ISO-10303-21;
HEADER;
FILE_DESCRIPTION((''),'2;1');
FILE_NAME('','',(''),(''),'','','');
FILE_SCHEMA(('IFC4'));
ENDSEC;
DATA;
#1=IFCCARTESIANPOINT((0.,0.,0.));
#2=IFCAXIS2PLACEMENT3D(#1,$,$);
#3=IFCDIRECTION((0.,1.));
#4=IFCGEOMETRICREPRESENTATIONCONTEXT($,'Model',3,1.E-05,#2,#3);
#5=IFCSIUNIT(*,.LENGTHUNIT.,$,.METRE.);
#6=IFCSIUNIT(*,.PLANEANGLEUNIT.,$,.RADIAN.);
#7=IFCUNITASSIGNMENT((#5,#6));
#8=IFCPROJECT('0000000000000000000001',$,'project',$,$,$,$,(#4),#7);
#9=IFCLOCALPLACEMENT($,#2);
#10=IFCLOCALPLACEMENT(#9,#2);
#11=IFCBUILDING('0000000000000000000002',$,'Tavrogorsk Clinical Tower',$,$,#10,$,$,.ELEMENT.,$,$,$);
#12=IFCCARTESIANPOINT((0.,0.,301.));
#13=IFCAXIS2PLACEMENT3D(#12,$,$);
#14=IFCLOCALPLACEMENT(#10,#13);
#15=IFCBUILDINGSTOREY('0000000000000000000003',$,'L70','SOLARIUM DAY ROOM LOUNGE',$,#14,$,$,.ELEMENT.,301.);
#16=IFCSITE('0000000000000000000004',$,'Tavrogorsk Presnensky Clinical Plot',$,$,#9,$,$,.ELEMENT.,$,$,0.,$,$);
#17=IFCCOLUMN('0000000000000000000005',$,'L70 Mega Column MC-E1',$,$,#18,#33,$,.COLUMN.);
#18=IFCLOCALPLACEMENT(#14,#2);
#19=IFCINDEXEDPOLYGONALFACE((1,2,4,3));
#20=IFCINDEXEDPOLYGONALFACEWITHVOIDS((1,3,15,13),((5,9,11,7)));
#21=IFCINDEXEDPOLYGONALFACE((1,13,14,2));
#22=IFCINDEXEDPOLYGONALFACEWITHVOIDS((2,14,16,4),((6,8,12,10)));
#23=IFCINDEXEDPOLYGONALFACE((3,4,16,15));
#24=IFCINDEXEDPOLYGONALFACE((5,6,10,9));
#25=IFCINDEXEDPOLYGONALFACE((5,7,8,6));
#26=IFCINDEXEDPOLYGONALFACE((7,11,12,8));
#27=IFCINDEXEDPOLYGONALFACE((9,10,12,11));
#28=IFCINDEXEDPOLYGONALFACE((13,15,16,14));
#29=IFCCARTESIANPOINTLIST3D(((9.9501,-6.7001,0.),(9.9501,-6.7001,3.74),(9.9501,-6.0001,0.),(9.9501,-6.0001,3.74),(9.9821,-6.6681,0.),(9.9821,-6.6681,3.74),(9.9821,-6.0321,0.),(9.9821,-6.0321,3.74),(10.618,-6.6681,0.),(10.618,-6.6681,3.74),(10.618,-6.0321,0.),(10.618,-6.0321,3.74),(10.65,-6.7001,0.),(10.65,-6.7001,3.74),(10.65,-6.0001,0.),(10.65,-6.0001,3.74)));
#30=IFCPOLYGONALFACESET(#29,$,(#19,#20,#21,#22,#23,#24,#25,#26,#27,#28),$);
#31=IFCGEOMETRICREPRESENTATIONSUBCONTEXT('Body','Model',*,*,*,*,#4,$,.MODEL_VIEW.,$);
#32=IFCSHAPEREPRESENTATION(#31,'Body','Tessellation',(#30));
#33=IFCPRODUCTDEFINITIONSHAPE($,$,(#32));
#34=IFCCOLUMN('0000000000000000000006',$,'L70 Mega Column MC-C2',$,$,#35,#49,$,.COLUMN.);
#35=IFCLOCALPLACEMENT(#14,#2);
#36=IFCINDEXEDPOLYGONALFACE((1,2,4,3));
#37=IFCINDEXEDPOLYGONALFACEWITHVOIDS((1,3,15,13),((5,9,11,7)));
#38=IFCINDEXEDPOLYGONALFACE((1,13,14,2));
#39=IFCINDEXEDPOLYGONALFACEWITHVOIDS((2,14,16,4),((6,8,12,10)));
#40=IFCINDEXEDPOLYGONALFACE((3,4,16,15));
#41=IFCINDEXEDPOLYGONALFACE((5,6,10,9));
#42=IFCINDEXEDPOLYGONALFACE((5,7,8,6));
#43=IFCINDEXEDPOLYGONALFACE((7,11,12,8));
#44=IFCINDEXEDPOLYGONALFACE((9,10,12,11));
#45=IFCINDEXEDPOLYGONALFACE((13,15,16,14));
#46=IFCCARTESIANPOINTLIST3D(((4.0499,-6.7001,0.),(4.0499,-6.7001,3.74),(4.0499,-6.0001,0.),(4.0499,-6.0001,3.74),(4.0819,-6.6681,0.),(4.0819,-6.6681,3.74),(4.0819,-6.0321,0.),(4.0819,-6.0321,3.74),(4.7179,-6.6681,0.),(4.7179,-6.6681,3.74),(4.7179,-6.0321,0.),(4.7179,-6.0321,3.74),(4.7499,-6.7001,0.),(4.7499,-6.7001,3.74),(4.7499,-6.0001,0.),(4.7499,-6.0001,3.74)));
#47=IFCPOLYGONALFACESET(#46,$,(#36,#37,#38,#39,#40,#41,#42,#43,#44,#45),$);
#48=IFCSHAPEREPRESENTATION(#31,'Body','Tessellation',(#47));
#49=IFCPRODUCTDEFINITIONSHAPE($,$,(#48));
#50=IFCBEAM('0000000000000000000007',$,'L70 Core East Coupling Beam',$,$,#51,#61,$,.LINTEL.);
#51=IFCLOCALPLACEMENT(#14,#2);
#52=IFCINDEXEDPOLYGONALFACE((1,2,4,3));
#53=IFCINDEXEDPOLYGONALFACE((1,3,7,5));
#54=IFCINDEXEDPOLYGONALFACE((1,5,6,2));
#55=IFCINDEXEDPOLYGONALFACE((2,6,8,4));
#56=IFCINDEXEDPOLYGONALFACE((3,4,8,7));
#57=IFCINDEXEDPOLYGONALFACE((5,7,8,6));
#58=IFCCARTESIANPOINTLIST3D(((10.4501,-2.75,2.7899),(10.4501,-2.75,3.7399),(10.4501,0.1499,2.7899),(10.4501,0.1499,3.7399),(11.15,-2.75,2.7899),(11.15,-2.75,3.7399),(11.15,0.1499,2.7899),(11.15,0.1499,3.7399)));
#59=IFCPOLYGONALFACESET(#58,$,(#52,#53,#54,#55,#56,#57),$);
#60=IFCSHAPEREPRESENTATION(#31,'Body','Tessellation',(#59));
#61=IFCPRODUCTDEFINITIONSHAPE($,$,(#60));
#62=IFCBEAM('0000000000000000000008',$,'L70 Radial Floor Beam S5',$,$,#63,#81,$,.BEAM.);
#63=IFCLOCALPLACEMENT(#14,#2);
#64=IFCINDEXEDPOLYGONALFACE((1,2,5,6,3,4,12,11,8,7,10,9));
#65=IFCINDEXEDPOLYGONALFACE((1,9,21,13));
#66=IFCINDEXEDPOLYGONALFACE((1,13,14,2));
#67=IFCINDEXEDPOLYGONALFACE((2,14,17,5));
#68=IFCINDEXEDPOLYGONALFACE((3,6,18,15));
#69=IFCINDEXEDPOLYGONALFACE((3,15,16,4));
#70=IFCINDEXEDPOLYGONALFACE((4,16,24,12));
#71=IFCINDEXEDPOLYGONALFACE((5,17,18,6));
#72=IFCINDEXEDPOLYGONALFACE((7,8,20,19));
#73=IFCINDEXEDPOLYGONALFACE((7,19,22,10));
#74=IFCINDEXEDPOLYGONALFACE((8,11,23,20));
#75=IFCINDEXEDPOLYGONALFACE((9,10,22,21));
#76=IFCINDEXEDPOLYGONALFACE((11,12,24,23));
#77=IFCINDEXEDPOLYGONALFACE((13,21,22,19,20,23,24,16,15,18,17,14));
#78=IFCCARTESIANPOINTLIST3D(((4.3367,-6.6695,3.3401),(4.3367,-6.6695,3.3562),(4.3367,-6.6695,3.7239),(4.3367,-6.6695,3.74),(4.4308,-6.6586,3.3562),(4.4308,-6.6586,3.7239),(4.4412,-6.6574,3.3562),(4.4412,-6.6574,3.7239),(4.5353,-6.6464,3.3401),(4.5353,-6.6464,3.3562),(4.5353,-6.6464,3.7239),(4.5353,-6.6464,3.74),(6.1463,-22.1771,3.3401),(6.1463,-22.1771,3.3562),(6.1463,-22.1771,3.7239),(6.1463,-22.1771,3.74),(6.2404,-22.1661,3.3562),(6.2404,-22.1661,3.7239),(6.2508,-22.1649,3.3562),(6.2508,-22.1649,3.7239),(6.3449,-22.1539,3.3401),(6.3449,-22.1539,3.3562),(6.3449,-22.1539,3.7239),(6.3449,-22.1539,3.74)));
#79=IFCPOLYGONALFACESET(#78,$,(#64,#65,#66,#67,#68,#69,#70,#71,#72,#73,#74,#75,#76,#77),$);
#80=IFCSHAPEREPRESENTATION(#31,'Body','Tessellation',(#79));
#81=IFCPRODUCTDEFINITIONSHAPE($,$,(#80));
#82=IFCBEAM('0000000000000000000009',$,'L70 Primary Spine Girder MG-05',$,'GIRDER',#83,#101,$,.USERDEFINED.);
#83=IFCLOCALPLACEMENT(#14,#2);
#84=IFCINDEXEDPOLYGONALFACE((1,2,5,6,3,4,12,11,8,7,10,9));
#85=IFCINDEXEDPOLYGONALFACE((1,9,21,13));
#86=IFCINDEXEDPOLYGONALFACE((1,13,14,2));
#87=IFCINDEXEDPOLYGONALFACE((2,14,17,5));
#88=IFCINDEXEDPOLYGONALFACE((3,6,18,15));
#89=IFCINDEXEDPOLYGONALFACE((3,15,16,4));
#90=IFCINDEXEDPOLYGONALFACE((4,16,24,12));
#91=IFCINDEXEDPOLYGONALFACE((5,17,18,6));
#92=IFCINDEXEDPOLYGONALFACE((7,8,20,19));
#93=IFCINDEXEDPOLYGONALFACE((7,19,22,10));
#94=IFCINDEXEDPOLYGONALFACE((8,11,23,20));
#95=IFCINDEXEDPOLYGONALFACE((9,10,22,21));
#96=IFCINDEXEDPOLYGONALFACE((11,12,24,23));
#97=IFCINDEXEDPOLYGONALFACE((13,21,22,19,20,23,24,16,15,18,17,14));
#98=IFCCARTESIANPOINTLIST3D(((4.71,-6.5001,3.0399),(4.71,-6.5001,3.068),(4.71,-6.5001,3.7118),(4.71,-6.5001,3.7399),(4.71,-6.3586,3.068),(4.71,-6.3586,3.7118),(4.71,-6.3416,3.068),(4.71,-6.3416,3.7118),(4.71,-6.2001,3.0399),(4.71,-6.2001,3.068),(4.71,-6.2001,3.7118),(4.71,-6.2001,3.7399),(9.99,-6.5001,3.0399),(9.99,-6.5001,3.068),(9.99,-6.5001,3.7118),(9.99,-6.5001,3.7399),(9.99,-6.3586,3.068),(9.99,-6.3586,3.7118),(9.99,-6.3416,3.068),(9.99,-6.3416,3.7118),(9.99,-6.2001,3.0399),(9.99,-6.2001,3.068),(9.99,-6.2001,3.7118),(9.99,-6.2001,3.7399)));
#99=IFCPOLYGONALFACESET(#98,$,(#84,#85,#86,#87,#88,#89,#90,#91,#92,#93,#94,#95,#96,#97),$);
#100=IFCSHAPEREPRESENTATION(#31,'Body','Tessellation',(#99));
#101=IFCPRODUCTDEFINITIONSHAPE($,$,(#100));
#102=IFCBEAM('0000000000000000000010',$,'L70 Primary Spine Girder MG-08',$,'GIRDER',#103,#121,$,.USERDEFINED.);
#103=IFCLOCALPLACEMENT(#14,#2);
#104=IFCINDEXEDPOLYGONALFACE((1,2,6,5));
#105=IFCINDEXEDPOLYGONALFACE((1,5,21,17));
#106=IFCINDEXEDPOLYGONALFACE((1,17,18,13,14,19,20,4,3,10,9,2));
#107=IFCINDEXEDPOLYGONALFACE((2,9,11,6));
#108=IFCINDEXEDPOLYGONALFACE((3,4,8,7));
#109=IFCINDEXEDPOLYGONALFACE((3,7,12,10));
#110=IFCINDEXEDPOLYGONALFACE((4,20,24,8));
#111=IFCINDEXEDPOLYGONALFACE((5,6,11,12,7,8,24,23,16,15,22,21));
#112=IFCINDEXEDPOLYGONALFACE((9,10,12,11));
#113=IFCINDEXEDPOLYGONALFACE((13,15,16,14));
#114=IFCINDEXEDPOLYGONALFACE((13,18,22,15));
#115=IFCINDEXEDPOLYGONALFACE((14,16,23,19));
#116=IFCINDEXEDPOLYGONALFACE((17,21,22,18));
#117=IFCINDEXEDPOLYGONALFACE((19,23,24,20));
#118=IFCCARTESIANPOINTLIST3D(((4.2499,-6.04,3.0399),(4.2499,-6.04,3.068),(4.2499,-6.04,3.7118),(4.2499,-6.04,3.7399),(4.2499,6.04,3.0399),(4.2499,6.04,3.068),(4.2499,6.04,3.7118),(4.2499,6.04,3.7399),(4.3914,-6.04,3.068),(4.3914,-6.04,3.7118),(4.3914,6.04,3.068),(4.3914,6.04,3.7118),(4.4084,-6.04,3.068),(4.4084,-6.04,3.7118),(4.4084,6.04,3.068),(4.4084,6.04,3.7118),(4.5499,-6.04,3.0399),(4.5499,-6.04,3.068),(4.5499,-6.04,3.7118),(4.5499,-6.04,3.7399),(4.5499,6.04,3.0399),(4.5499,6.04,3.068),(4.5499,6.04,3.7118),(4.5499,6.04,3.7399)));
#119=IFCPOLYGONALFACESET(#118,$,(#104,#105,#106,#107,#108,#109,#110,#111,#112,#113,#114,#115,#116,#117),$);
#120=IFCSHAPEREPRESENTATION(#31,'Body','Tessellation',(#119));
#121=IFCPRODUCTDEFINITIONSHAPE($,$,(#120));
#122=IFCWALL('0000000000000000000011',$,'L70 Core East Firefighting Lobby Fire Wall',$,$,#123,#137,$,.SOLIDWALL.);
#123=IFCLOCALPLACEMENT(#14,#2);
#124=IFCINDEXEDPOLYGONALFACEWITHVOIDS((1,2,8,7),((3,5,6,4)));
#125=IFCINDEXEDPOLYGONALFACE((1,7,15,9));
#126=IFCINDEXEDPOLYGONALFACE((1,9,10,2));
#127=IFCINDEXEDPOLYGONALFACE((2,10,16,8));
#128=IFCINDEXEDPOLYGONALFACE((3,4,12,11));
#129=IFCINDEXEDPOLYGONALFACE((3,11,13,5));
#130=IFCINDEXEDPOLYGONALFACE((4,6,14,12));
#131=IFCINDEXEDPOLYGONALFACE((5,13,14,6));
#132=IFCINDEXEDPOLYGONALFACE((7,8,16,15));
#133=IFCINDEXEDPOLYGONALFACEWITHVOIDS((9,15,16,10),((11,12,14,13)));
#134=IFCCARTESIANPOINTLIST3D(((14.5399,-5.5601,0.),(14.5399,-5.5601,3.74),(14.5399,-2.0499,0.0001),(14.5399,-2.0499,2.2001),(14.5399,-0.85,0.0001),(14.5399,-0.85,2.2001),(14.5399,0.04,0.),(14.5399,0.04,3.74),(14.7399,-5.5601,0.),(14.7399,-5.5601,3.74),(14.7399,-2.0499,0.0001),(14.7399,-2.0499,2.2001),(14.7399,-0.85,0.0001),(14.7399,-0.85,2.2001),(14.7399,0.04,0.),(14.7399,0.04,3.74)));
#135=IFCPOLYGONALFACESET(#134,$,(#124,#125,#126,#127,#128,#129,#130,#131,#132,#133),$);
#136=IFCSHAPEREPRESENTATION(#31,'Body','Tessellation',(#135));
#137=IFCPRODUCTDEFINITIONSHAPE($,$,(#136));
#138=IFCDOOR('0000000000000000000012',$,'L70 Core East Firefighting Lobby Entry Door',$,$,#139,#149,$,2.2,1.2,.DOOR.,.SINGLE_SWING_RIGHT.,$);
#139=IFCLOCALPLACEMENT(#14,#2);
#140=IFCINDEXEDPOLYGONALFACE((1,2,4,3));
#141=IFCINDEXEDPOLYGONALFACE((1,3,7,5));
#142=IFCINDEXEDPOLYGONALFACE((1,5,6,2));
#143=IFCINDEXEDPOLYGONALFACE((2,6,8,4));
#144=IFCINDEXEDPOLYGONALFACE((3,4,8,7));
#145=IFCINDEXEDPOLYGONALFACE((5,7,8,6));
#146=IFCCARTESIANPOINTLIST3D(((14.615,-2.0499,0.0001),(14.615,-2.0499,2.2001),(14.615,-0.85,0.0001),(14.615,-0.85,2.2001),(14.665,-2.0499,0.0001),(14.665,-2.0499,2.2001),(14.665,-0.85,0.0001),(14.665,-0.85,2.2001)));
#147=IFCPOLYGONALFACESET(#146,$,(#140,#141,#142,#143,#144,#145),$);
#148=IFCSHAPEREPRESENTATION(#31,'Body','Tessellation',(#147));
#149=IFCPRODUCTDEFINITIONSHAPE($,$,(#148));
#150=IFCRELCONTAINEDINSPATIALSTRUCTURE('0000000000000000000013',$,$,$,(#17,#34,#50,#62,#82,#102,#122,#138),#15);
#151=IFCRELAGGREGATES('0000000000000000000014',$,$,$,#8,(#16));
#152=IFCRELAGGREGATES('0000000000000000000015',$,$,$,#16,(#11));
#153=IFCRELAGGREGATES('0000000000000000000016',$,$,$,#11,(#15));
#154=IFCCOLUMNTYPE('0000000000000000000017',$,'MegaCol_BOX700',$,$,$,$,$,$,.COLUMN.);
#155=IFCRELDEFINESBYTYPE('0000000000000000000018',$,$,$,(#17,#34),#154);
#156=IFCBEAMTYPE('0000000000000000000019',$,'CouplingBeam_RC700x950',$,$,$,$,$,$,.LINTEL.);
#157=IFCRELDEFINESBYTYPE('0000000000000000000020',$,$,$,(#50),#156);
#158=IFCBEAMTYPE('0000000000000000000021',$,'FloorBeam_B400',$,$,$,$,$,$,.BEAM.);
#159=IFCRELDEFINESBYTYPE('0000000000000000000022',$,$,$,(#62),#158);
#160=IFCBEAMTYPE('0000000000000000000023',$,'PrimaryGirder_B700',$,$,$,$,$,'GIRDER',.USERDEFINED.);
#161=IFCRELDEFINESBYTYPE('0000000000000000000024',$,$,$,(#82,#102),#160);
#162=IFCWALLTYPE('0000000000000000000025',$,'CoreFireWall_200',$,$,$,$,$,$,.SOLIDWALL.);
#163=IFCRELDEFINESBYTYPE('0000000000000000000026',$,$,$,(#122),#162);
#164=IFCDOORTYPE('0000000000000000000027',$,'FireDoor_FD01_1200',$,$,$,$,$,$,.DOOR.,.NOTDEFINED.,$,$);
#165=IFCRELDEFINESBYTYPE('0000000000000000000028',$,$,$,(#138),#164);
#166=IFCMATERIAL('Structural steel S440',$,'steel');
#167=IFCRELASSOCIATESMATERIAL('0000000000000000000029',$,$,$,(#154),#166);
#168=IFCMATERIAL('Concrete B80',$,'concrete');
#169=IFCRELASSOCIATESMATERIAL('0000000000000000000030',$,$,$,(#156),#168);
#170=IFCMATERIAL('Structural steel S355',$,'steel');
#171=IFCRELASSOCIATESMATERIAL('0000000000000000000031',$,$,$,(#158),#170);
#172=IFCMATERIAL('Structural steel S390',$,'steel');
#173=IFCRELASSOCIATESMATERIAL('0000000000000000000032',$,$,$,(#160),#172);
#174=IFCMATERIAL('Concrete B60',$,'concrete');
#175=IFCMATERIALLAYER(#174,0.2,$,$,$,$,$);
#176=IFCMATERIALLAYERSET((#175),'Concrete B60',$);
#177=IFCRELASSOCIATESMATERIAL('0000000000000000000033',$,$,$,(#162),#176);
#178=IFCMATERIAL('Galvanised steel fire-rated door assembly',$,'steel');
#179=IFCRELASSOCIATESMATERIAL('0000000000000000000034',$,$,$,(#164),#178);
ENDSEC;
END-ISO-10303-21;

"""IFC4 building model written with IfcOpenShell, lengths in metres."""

from ifc_helpers import new_model, si_unit, direction, frame, frame_2d, origin, origin_2d, place, context, subcontext, project, spatial, rectangle, hollow_rectangle, i_section, extrude, material, layer, layer_set, material_profile, profile_set, type_object, element, fill, save


model = new_model("IFC4")

# Units and contexts
model_context = context("Model", 3, precision=1e-05, world=origin(), true_north=direction((0.0, 1.0)))
body_context = subcontext(model_context, "Body", "Model", "MODEL_VIEW")
ifc_project = project(units=[si_unit("LENGTHUNIT", "METRE"), si_unit("PLANEANGLEUNIT", "RADIAN")], contexts=[model_context])

# Site, building, storey
site_placement = place(None, origin())
site = spatial("IfcSite", under=ifc_project, at=site_placement, Name="Tavrogorsk Presnensky Clinical Plot", CompositionType="ELEMENT", RefElevation=0.0)
building_placement = place(site_placement, origin())
building = spatial("IfcBuilding", under=site, at=building_placement, Name="Tavrogorsk Clinical Tower", CompositionType="ELEMENT")
storey_placement = place(building_placement, frame((0.0, 0.0, 301.0)))
storey = spatial("IfcBuildingStorey", under=building, at=storey_placement, Name="L70", Description="SOLARIUM DAY ROOM LOUNGE", CompositionType="ELEMENT", Elevation=301.0)

# Columns
ifc_material_1 = material(Name="Structural steel S440", Category="steel")
ifc_material_profile_1 = material_profile(ifc_material_1, hollow_rectangle(XDim=0.7, YDim=0.7, WallThickness=0.032, at=origin_2d()), Name="BOX-700x700x32")
ifc_profile_set_1 = profile_set([ifc_material_profile_1], Name="Structural steel S440")
column_type = type_object("IfcColumnType", Name="MegaCol_BOX700", PredefinedType="COLUMN", material=ifc_profile_set_1)
for number, where, z_axis, x_axis, name in (
    (1, (10.3, -6.3501, 0.0), (0.0, 0.0, 1.0), (1.0, 0.0, 0.0), "L70 Mega Column MC-E1"),
    (2, (4.3999, -6.3501, 0.0), (0.0, 0.0, 1.0), (1.0, 0.0, 0.0), "L70 Mega Column MC-C2"),
):
    element("IfcColumn", number, at=place(storey_placement, frame(where, z_axis=z_axis, x_axis=x_axis)), inside=storey, type_object=column_type, Name=name, PredefinedType="COLUMN", context=body_context, shape_type="SweptSolid", body=[
        extrude(hollow_rectangle(XDim=0.7, YDim=0.7, WallThickness=0.032, at=origin_2d()), origin(), (0.0, 0.0, 1.0), 3.74),
    ])

# Beams
ifc_material_2 = material(Name="Concrete B80", Category="concrete")
ifc_material_profile_2 = material_profile(ifc_material_2, rectangle(XDim=0.7, YDim=0.95, at=origin_2d()), Name="RC-CB-700x950")
ifc_profile_set_2 = profile_set([ifc_material_profile_2], Name="Concrete B80")
beam_type_1 = type_object("IfcBeamType", Name="CouplingBeam_RC700x950", PredefinedType="LINTEL", material=ifc_profile_set_2)
beam_1_placement = place(storey_placement, frame((10.8, -2.75, 3.2649), z_axis=(0.0, 1.0, 0.0), x_axis=(-1.0, 0.0, 0.0)))
element("IfcBeam", 3, at=beam_1_placement, inside=storey, type_object=beam_type_1, Name="L70 Core East Coupling Beam", PredefinedType="LINTEL", context=body_context, shape_type="SweptSolid", body=[
    extrude(rectangle(XDim=0.7, YDim=0.95, at=origin_2d()), origin(), (0.0, 0.0, 1.0), 2.8999),
])
ifc_material_3 = material(Name="Structural steel S355", Category="steel")
ifc_material_profile_3 = material_profile(ifc_material_3, i_section(OverallWidth=0.2, OverallDepth=0.3999, WebThickness=0.0105, FlangeThickness=0.0161, at=origin_2d()), Name="B-400x200x10.5x16")
ifc_profile_set_3 = profile_set([ifc_material_profile_3], Name="Structural steel S355")
beam_type_2 = type_object("IfcBeamType", Name="FloorBeam_B400", PredefinedType="BEAM", material=ifc_profile_set_3)
beam_2_placement = place(storey_placement, frame((4.436, -6.658, 3.54), z_axis=(0.115903, -0.993261, 0.0), x_axis=(0.993261, 0.115903, 0.0)))
element("IfcBeam", 4, at=beam_2_placement, inside=storey, type_object=beam_type_2, Name="L70 Radial Floor Beam S5", PredefinedType="BEAM", context=body_context, shape_type="SweptSolid", body=[
    extrude(i_section(OverallWidth=0.2, OverallDepth=0.3999, WebThickness=0.0105, FlangeThickness=0.0161, at=origin_2d()), origin(), (0.0, 0.0, 1.0), 15.6128),
])
ifc_material_4 = material(Name="Structural steel S390", Category="steel")
ifc_material_profile_4 = material_profile(ifc_material_4, i_section(OverallWidth=0.3, OverallDepth=0.7, WebThickness=0.0171, FlangeThickness=0.0281, at=origin_2d()), Name="B-700x300x17x28")
ifc_profile_set_4 = profile_set([ifc_material_profile_4], Name="Structural steel S390")
beam_type_3 = type_object("IfcBeamType", Name="PrimaryGirder_B700", ElementType="GIRDER", PredefinedType="USERDEFINED", material=ifc_profile_set_4)
beam_3_placement = place(storey_placement, frame((4.71, -6.3501, 3.3899), z_axis=(1.0, 0.0, 0.0), x_axis=(0.0, 1.0, 0.0)))
element("IfcBeam", 5, at=beam_3_placement, inside=storey, type_object=beam_type_3, Name="L70 Primary Spine Girder MG-05", ObjectType="GIRDER", PredefinedType="USERDEFINED", context=body_context, shape_type="SweptSolid", body=[
    extrude(i_section(OverallWidth=0.3, OverallDepth=0.7, WebThickness=0.0171, FlangeThickness=0.0281, at=origin_2d()), origin(), (0.0, 0.0, 1.0), 5.28),
])
beam_4_placement = place(storey_placement, frame((4.3999, -6.04, 3.3899), z_axis=(0.0, 1.0, 0.0), x_axis=(-1.0, 0.0, 0.0)))
element("IfcBeam", 6, at=beam_4_placement, inside=storey, type_object=beam_type_3, Name="L70 Primary Spine Girder MG-08", ObjectType="GIRDER", PredefinedType="USERDEFINED", context=body_context, shape_type="SweptSolid", body=[
    extrude(i_section(OverallWidth=0.3, OverallDepth=0.7, WebThickness=0.0171, FlangeThickness=0.0281, at=origin_2d()), origin(), (0.0, 0.0, 1.0), 12.0801),
])

# Wall, opening, door
ifc_material_5 = material(Name="Concrete B60", Category="concrete")
ifc_layer_1 = layer(ifc_material_5, 0.2)
ifc_layer_set_1 = layer_set([ifc_layer_1], Name="Concrete B60")
wall_type_1 = type_object("IfcWallType", Name="CoreFireWall_200", PredefinedType="SOLIDWALL", material=ifc_layer_set_1)
wall_1_placement = place(storey_placement, frame((14.6399, -5.5601, 0.0), z_axis=(0.0, 0.0, 1.0), x_axis=(0.0, 1.0, 0.0)))
wall_1 = element("IfcWall", 7, at=wall_1_placement, inside=storey, type_object=wall_type_1, Name="L70 Core East Firefighting Lobby Fire Wall", PredefinedType="SOLIDWALL", context=body_context, shape_type="SweptSolid", body=[
    extrude(rectangle(XDim=5.6001, YDim=0.2, at=frame_2d((2.8, 0.0))), origin(), (0.0, 0.0, 1.0), 3.74),
])
opening_1_placement = place(wall_1_placement, frame((3.51, 0.0, 0.0)))
opening_1 = element("IfcOpeningElement", 8, at=opening_1_placement, cuts=wall_1, PredefinedType="OPENING", context=body_context, shape_type="SweptSolid", body=[
    extrude(rectangle(XDim=1.2, YDim=2.2, at=frame_2d((0.6001, 1.1001))), frame((0.0, 0.1099, 0.0), z_axis=(0.0, -1.0, 0.0), x_axis=(1.0, 0.0, 0.0)), (0.0, 0.0, 1.0), 0.22),
])
ifc_material_6 = material(Name="Galvanised steel fire-rated door assembly", Category="steel")
door_type_1 = type_object("IfcDoorType", Name="FireDoor_FD01_1200", OperationType="NOTDEFINED", PredefinedType="DOOR", material=ifc_material_6)
door_1_placement = place(opening_1_placement, origin())
door_1 = element("IfcDoor", 9, at=door_1_placement, inside=storey, type_object=door_type_1, Name="L70 Core East Firefighting Lobby Entry Door", OperationType="SINGLE_SWING_RIGHT", OverallHeight=2.2, OverallWidth=1.2, PredefinedType="DOOR", context=body_context, shape_type="SweptSolid", body=[
    extrude(rectangle(XDim=1.2, YDim=2.2, at=frame_2d((0.6001, 1.1001))), frame((0.0, 0.0249, 0.0), z_axis=(0.0, -1.0, 0.0), x_axis=(1.0, 0.0, 0.0)), (0.0, 0.0, 1.0), 0.05),
])
fill(opening_1, door_1)

save(model, "model.ifc")
